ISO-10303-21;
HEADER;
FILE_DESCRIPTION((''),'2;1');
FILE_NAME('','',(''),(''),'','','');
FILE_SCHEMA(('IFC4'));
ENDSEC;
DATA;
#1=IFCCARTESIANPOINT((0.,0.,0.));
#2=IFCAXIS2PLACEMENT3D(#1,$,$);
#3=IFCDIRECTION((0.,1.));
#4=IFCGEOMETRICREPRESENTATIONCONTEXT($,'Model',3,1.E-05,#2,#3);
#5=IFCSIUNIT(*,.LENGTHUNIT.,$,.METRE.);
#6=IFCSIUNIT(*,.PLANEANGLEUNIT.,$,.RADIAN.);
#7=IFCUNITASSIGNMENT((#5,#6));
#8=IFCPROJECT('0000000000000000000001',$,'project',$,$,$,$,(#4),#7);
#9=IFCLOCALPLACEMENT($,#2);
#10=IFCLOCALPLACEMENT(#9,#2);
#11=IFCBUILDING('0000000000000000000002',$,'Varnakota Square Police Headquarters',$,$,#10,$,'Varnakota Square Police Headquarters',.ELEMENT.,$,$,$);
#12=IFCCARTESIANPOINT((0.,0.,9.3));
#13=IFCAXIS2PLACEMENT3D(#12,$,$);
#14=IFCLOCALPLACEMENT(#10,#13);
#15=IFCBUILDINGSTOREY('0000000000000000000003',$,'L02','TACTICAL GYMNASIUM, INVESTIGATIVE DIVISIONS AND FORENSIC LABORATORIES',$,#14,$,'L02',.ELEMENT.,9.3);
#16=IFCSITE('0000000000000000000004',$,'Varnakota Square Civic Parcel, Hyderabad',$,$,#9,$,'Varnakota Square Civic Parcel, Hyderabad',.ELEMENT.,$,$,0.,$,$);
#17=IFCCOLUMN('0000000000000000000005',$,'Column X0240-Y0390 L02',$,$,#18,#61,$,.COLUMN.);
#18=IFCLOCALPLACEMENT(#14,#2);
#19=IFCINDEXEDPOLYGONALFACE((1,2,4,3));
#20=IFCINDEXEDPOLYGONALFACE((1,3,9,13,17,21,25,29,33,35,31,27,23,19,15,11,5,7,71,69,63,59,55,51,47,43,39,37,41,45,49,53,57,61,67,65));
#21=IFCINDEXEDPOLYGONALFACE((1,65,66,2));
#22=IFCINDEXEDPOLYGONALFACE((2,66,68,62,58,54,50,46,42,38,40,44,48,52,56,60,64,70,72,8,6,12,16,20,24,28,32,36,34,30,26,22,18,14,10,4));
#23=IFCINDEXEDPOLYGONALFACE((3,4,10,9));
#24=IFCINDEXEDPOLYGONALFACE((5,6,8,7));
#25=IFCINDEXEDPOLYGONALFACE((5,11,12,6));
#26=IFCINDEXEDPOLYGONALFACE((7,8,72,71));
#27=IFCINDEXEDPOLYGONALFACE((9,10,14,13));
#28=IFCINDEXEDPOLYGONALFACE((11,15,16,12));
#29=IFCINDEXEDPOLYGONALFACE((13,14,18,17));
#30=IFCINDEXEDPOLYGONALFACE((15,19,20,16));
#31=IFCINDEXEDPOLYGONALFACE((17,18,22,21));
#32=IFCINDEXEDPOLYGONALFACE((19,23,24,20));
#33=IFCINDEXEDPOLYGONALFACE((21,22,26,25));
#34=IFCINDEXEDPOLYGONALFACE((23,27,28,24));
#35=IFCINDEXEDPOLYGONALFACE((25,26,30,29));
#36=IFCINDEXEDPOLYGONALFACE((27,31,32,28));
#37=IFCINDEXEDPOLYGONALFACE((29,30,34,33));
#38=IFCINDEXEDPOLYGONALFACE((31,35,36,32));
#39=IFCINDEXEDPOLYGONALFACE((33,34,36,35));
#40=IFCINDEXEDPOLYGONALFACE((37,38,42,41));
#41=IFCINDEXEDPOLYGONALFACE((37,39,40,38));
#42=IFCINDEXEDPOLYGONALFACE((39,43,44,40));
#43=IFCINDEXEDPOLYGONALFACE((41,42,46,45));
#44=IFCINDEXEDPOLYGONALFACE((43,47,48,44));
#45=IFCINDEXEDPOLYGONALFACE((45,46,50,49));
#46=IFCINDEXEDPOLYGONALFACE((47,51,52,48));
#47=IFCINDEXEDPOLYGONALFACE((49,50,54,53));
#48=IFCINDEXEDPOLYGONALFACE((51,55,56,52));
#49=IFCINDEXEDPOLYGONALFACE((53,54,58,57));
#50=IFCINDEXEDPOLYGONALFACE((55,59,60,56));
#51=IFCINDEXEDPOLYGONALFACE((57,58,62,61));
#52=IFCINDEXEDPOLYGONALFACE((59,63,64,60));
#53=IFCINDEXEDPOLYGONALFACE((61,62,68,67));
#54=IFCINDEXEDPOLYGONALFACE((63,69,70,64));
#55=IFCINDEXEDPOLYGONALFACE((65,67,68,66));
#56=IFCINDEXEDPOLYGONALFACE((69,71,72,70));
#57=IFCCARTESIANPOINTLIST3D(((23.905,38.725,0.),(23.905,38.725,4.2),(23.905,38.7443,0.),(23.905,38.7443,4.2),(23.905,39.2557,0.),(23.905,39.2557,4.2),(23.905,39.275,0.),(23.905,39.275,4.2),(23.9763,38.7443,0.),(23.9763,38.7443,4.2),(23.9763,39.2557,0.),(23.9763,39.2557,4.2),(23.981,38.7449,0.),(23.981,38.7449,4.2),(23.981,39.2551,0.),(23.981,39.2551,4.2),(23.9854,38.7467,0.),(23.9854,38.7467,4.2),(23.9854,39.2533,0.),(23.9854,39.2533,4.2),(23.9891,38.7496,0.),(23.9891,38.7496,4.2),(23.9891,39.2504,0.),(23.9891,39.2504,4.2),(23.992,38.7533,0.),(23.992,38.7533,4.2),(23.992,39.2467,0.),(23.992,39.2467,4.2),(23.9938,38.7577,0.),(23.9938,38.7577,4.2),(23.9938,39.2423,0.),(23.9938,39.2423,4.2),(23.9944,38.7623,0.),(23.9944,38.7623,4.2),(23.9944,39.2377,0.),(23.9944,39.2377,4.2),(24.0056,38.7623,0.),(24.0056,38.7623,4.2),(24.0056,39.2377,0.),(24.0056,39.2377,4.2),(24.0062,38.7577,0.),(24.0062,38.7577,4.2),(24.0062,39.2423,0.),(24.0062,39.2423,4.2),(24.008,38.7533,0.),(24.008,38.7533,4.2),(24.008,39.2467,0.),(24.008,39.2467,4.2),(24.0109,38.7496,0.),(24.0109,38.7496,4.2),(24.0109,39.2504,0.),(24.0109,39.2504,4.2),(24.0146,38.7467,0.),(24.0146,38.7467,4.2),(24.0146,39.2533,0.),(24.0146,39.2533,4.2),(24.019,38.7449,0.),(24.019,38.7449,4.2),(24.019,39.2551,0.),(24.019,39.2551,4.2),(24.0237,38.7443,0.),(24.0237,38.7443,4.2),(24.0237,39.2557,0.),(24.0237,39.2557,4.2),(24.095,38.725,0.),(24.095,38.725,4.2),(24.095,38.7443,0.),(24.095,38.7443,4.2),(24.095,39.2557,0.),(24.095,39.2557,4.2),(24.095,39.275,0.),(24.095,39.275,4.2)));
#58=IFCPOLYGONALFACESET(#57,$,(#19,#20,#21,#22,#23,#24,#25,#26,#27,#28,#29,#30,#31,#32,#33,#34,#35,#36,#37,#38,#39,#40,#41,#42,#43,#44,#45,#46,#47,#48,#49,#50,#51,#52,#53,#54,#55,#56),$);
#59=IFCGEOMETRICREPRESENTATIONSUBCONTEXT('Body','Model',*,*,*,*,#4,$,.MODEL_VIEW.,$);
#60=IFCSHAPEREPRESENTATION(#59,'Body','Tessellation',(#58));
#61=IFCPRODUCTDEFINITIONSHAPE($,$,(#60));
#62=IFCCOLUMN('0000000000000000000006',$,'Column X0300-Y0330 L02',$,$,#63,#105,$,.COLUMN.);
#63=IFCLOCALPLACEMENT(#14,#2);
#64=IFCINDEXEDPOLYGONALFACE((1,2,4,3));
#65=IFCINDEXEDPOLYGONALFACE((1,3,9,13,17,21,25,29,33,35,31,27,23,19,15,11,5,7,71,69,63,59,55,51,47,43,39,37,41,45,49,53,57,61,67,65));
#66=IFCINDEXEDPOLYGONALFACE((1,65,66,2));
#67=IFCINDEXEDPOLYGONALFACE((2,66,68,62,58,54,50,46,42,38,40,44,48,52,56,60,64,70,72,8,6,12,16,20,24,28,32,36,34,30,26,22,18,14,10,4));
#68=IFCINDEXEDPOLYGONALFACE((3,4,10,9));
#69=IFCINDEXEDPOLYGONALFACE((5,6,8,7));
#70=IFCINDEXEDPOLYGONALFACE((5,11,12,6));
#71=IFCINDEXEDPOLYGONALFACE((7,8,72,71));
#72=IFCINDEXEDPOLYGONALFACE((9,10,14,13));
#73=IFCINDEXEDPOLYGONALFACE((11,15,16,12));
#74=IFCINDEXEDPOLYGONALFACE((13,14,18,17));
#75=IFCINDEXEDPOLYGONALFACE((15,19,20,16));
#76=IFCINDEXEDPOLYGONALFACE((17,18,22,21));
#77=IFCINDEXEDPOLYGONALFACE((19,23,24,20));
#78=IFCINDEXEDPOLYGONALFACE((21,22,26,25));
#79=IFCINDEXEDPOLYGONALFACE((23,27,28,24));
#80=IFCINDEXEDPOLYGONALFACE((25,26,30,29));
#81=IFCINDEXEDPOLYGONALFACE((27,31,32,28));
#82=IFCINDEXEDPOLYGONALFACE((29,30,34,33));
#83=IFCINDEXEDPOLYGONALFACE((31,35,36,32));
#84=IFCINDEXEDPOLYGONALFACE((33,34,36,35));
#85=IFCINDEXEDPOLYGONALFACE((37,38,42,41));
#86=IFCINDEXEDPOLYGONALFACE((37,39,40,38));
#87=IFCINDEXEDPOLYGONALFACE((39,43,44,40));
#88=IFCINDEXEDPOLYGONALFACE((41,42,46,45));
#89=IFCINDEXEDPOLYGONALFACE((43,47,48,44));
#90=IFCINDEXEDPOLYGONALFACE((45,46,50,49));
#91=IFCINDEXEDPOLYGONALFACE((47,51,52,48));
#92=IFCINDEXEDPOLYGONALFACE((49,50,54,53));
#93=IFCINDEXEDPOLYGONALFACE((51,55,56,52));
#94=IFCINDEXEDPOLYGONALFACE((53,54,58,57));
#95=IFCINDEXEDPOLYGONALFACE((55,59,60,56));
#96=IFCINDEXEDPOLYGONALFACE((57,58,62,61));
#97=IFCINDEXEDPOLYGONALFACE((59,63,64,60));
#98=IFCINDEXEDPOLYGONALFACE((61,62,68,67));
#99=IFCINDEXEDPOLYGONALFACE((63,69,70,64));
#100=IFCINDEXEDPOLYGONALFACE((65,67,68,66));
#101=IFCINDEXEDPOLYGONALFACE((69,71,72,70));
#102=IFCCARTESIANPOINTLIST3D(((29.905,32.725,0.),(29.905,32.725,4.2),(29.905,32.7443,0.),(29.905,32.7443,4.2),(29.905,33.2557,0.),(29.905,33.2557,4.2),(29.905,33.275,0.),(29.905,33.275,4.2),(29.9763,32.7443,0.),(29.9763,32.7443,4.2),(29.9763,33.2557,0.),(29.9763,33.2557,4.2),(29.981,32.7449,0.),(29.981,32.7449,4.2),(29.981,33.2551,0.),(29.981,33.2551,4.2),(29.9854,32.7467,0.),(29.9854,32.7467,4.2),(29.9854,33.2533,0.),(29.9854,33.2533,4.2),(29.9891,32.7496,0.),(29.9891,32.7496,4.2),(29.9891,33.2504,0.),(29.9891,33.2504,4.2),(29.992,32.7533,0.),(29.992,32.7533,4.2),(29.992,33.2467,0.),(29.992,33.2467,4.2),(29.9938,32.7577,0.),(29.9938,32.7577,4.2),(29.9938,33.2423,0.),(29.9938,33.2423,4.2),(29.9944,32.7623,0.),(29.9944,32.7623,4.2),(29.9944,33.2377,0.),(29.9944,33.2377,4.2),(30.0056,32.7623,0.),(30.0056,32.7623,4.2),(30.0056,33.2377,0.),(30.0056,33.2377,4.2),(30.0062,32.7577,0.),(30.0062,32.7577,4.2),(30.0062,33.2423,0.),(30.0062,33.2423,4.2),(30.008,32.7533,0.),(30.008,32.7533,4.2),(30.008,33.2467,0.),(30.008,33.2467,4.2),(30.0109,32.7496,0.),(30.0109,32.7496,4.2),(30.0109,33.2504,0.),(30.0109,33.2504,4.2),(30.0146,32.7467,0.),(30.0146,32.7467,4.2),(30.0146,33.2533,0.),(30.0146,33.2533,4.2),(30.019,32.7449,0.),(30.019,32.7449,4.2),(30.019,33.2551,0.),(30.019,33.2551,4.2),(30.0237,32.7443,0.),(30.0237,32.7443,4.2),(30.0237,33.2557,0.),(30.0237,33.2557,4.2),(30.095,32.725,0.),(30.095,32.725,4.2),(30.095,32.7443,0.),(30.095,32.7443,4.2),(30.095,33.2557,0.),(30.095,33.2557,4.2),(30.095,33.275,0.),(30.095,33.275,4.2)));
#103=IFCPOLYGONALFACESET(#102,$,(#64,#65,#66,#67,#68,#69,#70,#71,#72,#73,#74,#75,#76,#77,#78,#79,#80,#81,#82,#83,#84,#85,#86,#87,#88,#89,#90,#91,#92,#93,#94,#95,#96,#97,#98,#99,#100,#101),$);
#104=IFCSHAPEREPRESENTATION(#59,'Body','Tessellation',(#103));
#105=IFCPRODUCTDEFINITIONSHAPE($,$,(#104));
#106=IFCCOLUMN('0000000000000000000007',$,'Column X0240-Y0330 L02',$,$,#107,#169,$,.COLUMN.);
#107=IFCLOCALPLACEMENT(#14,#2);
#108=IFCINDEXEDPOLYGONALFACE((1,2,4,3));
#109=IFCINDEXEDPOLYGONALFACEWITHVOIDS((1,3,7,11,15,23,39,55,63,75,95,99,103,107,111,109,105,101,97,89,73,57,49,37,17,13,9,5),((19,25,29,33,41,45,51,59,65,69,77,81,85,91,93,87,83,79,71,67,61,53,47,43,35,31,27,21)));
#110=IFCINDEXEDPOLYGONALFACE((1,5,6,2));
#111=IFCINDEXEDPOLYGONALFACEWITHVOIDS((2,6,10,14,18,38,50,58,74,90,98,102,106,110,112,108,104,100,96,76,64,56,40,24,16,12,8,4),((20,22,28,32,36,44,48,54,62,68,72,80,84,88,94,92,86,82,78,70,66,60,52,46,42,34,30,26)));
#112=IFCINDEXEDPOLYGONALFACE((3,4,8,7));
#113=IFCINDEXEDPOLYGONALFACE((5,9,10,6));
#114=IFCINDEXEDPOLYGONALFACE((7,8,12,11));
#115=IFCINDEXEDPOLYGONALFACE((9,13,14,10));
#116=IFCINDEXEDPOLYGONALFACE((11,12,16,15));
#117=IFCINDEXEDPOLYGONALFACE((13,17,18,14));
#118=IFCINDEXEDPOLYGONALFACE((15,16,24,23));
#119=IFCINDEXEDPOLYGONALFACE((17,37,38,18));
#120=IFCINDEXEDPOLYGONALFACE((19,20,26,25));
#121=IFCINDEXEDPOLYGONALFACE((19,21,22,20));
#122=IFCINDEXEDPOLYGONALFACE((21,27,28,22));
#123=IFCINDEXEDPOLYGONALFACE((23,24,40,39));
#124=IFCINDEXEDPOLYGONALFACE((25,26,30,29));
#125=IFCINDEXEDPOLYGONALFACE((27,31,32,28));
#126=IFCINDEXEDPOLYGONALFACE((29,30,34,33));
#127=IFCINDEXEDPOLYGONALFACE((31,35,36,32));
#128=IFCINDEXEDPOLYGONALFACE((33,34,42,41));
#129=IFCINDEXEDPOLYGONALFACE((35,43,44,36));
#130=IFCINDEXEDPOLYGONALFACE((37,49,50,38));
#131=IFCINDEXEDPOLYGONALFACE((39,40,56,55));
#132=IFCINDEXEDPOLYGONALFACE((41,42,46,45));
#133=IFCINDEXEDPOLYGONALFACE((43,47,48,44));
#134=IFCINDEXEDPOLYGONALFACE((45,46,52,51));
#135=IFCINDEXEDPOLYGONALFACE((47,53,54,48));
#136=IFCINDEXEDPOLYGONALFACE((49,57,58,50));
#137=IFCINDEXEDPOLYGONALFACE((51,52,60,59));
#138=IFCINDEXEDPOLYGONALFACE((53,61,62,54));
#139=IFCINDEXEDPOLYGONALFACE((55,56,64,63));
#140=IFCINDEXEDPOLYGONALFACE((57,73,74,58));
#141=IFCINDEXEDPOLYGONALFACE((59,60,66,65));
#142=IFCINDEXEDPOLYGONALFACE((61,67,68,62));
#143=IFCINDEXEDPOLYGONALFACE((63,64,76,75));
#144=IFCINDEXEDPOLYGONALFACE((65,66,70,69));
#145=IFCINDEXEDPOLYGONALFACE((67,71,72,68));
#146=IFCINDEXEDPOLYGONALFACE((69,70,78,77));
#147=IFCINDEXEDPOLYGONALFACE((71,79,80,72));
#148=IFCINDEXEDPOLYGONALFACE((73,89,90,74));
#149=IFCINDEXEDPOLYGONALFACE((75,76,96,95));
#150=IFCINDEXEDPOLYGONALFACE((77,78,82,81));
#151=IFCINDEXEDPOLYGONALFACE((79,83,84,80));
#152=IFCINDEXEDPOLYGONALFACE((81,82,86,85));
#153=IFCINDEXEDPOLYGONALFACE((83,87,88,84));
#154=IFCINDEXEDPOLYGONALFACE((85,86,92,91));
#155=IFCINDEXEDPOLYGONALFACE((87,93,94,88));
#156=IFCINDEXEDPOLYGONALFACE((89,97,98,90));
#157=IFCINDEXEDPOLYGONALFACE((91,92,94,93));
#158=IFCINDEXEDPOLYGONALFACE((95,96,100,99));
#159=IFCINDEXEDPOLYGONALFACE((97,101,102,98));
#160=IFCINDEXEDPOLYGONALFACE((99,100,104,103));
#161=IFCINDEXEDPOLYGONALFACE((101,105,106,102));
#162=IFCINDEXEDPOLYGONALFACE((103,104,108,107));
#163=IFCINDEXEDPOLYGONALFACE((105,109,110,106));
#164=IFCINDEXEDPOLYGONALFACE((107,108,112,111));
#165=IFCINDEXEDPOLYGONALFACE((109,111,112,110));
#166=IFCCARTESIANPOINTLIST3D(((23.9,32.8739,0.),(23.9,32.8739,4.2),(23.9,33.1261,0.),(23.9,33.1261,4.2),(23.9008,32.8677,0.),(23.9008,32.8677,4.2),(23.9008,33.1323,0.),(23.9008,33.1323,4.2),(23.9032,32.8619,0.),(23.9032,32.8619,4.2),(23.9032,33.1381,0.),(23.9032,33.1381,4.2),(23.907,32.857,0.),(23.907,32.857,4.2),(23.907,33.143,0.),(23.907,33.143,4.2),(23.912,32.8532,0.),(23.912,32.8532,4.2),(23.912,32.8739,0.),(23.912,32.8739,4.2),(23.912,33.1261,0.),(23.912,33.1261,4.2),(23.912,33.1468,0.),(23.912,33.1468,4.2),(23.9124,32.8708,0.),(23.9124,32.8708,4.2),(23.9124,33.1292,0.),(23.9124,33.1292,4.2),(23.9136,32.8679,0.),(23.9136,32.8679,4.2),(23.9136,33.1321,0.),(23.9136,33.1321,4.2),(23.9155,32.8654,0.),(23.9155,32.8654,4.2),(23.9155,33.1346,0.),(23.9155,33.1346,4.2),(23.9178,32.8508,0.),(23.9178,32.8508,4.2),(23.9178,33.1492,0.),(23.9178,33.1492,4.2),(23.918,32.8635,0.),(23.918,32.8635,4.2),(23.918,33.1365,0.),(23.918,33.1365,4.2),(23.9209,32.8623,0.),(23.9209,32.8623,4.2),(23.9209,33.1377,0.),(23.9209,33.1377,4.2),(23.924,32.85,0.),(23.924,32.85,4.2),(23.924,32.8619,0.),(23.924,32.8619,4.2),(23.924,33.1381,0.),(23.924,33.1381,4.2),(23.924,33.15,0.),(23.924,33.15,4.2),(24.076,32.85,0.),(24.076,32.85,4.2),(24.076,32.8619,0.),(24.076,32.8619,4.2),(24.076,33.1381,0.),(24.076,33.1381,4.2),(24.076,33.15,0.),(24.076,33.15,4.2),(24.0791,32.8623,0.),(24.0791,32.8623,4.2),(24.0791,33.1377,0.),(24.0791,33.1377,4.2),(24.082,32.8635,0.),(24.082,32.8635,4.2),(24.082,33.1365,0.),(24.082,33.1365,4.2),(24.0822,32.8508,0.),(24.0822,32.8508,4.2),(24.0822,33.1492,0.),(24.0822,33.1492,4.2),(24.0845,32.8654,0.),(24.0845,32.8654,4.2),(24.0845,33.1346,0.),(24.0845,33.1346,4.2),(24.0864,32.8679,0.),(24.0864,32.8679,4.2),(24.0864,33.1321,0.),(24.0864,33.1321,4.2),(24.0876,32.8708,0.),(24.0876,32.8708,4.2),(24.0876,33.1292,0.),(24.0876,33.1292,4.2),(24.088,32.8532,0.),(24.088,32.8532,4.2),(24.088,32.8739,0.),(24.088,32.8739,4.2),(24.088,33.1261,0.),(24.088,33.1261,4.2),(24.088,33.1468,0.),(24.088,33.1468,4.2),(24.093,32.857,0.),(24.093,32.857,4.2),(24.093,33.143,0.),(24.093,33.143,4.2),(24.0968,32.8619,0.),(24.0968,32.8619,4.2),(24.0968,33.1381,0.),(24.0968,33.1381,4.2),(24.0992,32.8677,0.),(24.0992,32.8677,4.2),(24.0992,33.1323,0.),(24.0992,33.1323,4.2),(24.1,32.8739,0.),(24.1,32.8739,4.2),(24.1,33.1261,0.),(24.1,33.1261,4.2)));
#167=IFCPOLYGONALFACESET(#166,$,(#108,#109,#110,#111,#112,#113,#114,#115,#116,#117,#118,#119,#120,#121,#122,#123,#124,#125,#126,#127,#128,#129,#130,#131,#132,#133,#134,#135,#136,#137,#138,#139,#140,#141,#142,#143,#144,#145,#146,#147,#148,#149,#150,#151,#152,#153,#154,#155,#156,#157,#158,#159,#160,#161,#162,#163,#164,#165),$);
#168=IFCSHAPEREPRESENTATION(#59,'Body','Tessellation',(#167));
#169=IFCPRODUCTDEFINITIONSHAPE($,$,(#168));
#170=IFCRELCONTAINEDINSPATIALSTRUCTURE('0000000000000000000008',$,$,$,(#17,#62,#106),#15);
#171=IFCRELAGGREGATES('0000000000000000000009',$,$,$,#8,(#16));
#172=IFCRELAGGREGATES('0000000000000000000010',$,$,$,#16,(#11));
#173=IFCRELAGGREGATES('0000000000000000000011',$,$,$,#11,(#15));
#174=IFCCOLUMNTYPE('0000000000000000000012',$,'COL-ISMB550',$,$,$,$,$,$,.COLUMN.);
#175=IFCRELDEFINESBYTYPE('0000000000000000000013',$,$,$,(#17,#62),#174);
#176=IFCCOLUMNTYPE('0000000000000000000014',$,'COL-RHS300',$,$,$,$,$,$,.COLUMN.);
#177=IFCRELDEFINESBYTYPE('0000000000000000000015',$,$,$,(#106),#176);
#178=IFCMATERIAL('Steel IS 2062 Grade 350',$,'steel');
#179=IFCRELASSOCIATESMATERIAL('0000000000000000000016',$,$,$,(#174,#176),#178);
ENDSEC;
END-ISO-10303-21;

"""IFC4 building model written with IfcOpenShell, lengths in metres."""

from ifc_helpers import new_model, si_unit, direction, frame, origin, origin_2d, place, context, subcontext, project, spatial, hollow_rectangle, i_section, extrude, material, material_profile, profile_set, type_object, element, save


model = new_model("IFC4")

# Units and contexts
model_context = context("Model", 3, precision=1e-05, world=origin(), true_north=direction((0.0, 1.0)))
body_context = subcontext(model_context, "Body", "Model", "MODEL_VIEW")
ifc_project = project(units=[si_unit("LENGTHUNIT", "METRE"), si_unit("PLANEANGLEUNIT", "RADIAN")], contexts=[model_context])

# Site, building, storey
site_placement = place(None, origin())
site = spatial("IfcSite", under=ifc_project, at=site_placement, Name="Varnakota Square Civic Parcel, Hyderabad", LongName="Varnakota Square Civic Parcel, Hyderabad", CompositionType="ELEMENT", RefElevation=0.0)
building_placement = place(site_placement, origin())
building = spatial("IfcBuilding", under=site, at=building_placement, Name="Varnakota Square Police Headquarters", LongName="Varnakota Square Police Headquarters", CompositionType="ELEMENT")
storey_placement = place(building_placement, frame((0.0, 0.0, 9.3)))
storey = spatial("IfcBuildingStorey", under=building, at=storey_placement, Name="L02", Description="TACTICAL GYMNASIUM, INVESTIGATIVE DIVISIONS AND FORENSIC LABORATORIES", LongName="L02", CompositionType="ELEMENT", Elevation=9.3)

# Columns
ifc_material_1 = material(Name="Steel IS 2062 Grade 350", Category="steel")
ifc_material_profile_1 = material_profile(ifc_material_1, i_section(OverallWidth=0.1899, OverallDepth=0.55, WebThickness=0.0112, FlangeThickness=0.0193, FilletRadius=0.0181, at=origin_2d()), Name="ISMB 550")
ifc_profile_set_1 = profile_set([ifc_material_profile_1], Name="Steel IS 2062 Grade 350")
column_type_1 = type_object("IfcColumnType", Name="COL-ISMB550", PredefinedType="COLUMN", material=ifc_profile_set_1)
for number, where, z_axis, x_axis, name in (
    (1, (24.0, 39.0, 0.0), (0.0, 0.0, 1.0), (1.0, 0.0, 0.0), "Column X0240-Y0390 L02"),
    (2, (30.0, 33.0, 0.0), (0.0, 0.0, 1.0), (1.0, 0.0, 0.0), "Column X0300-Y0330 L02"),
):
    element("IfcColumn", number, at=place(storey_placement, frame(where, z_axis=z_axis, x_axis=x_axis)), inside=storey, type_object=column_type_1, Name=name, PredefinedType="COLUMN", context=body_context, shape_type="SweptSolid", body=[
        extrude(i_section(OverallWidth=0.1899, OverallDepth=0.55, WebThickness=0.0112, FlangeThickness=0.0193, FilletRadius=0.0181, at=origin_2d()), origin(), (0.0, 0.0, 1.0), 4.2),
    ])
ifc_material_profile_2 = material_profile(ifc_material_1, hollow_rectangle(XDim=0.2, YDim=0.3, WallThickness=0.012, InnerFilletRadius=0.012, OuterFilletRadius=0.0239, at=origin_2d()), Name="RHS 300x200x12")
ifc_profile_set_2 = profile_set([ifc_material_profile_2], Name="Steel IS 2062 Grade 350")
column_type_2 = type_object("IfcColumnType", Name="COL-RHS300", PredefinedType="COLUMN", material=ifc_profile_set_2)
for number, where, z_axis, x_axis, name in (
    (3, (24.0, 33.0, 0.0), (0.0, 0.0, 1.0), (1.0, 0.0, 0.0), "Column X0240-Y0330 L02"),
):
    element("IfcColumn", number, at=place(storey_placement, frame(where, z_axis=z_axis, x_axis=x_axis)), inside=storey, type_object=column_type_2, Name=name, PredefinedType="COLUMN", context=body_context, shape_type="SweptSolid", body=[
        extrude(hollow_rectangle(XDim=0.2, YDim=0.3, WallThickness=0.012, InnerFilletRadius=0.012, OuterFilletRadius=0.0239, at=origin_2d()), origin(), (0.0, 0.0, 1.0), 4.2),
    ])

save(model, "model.ifc")
